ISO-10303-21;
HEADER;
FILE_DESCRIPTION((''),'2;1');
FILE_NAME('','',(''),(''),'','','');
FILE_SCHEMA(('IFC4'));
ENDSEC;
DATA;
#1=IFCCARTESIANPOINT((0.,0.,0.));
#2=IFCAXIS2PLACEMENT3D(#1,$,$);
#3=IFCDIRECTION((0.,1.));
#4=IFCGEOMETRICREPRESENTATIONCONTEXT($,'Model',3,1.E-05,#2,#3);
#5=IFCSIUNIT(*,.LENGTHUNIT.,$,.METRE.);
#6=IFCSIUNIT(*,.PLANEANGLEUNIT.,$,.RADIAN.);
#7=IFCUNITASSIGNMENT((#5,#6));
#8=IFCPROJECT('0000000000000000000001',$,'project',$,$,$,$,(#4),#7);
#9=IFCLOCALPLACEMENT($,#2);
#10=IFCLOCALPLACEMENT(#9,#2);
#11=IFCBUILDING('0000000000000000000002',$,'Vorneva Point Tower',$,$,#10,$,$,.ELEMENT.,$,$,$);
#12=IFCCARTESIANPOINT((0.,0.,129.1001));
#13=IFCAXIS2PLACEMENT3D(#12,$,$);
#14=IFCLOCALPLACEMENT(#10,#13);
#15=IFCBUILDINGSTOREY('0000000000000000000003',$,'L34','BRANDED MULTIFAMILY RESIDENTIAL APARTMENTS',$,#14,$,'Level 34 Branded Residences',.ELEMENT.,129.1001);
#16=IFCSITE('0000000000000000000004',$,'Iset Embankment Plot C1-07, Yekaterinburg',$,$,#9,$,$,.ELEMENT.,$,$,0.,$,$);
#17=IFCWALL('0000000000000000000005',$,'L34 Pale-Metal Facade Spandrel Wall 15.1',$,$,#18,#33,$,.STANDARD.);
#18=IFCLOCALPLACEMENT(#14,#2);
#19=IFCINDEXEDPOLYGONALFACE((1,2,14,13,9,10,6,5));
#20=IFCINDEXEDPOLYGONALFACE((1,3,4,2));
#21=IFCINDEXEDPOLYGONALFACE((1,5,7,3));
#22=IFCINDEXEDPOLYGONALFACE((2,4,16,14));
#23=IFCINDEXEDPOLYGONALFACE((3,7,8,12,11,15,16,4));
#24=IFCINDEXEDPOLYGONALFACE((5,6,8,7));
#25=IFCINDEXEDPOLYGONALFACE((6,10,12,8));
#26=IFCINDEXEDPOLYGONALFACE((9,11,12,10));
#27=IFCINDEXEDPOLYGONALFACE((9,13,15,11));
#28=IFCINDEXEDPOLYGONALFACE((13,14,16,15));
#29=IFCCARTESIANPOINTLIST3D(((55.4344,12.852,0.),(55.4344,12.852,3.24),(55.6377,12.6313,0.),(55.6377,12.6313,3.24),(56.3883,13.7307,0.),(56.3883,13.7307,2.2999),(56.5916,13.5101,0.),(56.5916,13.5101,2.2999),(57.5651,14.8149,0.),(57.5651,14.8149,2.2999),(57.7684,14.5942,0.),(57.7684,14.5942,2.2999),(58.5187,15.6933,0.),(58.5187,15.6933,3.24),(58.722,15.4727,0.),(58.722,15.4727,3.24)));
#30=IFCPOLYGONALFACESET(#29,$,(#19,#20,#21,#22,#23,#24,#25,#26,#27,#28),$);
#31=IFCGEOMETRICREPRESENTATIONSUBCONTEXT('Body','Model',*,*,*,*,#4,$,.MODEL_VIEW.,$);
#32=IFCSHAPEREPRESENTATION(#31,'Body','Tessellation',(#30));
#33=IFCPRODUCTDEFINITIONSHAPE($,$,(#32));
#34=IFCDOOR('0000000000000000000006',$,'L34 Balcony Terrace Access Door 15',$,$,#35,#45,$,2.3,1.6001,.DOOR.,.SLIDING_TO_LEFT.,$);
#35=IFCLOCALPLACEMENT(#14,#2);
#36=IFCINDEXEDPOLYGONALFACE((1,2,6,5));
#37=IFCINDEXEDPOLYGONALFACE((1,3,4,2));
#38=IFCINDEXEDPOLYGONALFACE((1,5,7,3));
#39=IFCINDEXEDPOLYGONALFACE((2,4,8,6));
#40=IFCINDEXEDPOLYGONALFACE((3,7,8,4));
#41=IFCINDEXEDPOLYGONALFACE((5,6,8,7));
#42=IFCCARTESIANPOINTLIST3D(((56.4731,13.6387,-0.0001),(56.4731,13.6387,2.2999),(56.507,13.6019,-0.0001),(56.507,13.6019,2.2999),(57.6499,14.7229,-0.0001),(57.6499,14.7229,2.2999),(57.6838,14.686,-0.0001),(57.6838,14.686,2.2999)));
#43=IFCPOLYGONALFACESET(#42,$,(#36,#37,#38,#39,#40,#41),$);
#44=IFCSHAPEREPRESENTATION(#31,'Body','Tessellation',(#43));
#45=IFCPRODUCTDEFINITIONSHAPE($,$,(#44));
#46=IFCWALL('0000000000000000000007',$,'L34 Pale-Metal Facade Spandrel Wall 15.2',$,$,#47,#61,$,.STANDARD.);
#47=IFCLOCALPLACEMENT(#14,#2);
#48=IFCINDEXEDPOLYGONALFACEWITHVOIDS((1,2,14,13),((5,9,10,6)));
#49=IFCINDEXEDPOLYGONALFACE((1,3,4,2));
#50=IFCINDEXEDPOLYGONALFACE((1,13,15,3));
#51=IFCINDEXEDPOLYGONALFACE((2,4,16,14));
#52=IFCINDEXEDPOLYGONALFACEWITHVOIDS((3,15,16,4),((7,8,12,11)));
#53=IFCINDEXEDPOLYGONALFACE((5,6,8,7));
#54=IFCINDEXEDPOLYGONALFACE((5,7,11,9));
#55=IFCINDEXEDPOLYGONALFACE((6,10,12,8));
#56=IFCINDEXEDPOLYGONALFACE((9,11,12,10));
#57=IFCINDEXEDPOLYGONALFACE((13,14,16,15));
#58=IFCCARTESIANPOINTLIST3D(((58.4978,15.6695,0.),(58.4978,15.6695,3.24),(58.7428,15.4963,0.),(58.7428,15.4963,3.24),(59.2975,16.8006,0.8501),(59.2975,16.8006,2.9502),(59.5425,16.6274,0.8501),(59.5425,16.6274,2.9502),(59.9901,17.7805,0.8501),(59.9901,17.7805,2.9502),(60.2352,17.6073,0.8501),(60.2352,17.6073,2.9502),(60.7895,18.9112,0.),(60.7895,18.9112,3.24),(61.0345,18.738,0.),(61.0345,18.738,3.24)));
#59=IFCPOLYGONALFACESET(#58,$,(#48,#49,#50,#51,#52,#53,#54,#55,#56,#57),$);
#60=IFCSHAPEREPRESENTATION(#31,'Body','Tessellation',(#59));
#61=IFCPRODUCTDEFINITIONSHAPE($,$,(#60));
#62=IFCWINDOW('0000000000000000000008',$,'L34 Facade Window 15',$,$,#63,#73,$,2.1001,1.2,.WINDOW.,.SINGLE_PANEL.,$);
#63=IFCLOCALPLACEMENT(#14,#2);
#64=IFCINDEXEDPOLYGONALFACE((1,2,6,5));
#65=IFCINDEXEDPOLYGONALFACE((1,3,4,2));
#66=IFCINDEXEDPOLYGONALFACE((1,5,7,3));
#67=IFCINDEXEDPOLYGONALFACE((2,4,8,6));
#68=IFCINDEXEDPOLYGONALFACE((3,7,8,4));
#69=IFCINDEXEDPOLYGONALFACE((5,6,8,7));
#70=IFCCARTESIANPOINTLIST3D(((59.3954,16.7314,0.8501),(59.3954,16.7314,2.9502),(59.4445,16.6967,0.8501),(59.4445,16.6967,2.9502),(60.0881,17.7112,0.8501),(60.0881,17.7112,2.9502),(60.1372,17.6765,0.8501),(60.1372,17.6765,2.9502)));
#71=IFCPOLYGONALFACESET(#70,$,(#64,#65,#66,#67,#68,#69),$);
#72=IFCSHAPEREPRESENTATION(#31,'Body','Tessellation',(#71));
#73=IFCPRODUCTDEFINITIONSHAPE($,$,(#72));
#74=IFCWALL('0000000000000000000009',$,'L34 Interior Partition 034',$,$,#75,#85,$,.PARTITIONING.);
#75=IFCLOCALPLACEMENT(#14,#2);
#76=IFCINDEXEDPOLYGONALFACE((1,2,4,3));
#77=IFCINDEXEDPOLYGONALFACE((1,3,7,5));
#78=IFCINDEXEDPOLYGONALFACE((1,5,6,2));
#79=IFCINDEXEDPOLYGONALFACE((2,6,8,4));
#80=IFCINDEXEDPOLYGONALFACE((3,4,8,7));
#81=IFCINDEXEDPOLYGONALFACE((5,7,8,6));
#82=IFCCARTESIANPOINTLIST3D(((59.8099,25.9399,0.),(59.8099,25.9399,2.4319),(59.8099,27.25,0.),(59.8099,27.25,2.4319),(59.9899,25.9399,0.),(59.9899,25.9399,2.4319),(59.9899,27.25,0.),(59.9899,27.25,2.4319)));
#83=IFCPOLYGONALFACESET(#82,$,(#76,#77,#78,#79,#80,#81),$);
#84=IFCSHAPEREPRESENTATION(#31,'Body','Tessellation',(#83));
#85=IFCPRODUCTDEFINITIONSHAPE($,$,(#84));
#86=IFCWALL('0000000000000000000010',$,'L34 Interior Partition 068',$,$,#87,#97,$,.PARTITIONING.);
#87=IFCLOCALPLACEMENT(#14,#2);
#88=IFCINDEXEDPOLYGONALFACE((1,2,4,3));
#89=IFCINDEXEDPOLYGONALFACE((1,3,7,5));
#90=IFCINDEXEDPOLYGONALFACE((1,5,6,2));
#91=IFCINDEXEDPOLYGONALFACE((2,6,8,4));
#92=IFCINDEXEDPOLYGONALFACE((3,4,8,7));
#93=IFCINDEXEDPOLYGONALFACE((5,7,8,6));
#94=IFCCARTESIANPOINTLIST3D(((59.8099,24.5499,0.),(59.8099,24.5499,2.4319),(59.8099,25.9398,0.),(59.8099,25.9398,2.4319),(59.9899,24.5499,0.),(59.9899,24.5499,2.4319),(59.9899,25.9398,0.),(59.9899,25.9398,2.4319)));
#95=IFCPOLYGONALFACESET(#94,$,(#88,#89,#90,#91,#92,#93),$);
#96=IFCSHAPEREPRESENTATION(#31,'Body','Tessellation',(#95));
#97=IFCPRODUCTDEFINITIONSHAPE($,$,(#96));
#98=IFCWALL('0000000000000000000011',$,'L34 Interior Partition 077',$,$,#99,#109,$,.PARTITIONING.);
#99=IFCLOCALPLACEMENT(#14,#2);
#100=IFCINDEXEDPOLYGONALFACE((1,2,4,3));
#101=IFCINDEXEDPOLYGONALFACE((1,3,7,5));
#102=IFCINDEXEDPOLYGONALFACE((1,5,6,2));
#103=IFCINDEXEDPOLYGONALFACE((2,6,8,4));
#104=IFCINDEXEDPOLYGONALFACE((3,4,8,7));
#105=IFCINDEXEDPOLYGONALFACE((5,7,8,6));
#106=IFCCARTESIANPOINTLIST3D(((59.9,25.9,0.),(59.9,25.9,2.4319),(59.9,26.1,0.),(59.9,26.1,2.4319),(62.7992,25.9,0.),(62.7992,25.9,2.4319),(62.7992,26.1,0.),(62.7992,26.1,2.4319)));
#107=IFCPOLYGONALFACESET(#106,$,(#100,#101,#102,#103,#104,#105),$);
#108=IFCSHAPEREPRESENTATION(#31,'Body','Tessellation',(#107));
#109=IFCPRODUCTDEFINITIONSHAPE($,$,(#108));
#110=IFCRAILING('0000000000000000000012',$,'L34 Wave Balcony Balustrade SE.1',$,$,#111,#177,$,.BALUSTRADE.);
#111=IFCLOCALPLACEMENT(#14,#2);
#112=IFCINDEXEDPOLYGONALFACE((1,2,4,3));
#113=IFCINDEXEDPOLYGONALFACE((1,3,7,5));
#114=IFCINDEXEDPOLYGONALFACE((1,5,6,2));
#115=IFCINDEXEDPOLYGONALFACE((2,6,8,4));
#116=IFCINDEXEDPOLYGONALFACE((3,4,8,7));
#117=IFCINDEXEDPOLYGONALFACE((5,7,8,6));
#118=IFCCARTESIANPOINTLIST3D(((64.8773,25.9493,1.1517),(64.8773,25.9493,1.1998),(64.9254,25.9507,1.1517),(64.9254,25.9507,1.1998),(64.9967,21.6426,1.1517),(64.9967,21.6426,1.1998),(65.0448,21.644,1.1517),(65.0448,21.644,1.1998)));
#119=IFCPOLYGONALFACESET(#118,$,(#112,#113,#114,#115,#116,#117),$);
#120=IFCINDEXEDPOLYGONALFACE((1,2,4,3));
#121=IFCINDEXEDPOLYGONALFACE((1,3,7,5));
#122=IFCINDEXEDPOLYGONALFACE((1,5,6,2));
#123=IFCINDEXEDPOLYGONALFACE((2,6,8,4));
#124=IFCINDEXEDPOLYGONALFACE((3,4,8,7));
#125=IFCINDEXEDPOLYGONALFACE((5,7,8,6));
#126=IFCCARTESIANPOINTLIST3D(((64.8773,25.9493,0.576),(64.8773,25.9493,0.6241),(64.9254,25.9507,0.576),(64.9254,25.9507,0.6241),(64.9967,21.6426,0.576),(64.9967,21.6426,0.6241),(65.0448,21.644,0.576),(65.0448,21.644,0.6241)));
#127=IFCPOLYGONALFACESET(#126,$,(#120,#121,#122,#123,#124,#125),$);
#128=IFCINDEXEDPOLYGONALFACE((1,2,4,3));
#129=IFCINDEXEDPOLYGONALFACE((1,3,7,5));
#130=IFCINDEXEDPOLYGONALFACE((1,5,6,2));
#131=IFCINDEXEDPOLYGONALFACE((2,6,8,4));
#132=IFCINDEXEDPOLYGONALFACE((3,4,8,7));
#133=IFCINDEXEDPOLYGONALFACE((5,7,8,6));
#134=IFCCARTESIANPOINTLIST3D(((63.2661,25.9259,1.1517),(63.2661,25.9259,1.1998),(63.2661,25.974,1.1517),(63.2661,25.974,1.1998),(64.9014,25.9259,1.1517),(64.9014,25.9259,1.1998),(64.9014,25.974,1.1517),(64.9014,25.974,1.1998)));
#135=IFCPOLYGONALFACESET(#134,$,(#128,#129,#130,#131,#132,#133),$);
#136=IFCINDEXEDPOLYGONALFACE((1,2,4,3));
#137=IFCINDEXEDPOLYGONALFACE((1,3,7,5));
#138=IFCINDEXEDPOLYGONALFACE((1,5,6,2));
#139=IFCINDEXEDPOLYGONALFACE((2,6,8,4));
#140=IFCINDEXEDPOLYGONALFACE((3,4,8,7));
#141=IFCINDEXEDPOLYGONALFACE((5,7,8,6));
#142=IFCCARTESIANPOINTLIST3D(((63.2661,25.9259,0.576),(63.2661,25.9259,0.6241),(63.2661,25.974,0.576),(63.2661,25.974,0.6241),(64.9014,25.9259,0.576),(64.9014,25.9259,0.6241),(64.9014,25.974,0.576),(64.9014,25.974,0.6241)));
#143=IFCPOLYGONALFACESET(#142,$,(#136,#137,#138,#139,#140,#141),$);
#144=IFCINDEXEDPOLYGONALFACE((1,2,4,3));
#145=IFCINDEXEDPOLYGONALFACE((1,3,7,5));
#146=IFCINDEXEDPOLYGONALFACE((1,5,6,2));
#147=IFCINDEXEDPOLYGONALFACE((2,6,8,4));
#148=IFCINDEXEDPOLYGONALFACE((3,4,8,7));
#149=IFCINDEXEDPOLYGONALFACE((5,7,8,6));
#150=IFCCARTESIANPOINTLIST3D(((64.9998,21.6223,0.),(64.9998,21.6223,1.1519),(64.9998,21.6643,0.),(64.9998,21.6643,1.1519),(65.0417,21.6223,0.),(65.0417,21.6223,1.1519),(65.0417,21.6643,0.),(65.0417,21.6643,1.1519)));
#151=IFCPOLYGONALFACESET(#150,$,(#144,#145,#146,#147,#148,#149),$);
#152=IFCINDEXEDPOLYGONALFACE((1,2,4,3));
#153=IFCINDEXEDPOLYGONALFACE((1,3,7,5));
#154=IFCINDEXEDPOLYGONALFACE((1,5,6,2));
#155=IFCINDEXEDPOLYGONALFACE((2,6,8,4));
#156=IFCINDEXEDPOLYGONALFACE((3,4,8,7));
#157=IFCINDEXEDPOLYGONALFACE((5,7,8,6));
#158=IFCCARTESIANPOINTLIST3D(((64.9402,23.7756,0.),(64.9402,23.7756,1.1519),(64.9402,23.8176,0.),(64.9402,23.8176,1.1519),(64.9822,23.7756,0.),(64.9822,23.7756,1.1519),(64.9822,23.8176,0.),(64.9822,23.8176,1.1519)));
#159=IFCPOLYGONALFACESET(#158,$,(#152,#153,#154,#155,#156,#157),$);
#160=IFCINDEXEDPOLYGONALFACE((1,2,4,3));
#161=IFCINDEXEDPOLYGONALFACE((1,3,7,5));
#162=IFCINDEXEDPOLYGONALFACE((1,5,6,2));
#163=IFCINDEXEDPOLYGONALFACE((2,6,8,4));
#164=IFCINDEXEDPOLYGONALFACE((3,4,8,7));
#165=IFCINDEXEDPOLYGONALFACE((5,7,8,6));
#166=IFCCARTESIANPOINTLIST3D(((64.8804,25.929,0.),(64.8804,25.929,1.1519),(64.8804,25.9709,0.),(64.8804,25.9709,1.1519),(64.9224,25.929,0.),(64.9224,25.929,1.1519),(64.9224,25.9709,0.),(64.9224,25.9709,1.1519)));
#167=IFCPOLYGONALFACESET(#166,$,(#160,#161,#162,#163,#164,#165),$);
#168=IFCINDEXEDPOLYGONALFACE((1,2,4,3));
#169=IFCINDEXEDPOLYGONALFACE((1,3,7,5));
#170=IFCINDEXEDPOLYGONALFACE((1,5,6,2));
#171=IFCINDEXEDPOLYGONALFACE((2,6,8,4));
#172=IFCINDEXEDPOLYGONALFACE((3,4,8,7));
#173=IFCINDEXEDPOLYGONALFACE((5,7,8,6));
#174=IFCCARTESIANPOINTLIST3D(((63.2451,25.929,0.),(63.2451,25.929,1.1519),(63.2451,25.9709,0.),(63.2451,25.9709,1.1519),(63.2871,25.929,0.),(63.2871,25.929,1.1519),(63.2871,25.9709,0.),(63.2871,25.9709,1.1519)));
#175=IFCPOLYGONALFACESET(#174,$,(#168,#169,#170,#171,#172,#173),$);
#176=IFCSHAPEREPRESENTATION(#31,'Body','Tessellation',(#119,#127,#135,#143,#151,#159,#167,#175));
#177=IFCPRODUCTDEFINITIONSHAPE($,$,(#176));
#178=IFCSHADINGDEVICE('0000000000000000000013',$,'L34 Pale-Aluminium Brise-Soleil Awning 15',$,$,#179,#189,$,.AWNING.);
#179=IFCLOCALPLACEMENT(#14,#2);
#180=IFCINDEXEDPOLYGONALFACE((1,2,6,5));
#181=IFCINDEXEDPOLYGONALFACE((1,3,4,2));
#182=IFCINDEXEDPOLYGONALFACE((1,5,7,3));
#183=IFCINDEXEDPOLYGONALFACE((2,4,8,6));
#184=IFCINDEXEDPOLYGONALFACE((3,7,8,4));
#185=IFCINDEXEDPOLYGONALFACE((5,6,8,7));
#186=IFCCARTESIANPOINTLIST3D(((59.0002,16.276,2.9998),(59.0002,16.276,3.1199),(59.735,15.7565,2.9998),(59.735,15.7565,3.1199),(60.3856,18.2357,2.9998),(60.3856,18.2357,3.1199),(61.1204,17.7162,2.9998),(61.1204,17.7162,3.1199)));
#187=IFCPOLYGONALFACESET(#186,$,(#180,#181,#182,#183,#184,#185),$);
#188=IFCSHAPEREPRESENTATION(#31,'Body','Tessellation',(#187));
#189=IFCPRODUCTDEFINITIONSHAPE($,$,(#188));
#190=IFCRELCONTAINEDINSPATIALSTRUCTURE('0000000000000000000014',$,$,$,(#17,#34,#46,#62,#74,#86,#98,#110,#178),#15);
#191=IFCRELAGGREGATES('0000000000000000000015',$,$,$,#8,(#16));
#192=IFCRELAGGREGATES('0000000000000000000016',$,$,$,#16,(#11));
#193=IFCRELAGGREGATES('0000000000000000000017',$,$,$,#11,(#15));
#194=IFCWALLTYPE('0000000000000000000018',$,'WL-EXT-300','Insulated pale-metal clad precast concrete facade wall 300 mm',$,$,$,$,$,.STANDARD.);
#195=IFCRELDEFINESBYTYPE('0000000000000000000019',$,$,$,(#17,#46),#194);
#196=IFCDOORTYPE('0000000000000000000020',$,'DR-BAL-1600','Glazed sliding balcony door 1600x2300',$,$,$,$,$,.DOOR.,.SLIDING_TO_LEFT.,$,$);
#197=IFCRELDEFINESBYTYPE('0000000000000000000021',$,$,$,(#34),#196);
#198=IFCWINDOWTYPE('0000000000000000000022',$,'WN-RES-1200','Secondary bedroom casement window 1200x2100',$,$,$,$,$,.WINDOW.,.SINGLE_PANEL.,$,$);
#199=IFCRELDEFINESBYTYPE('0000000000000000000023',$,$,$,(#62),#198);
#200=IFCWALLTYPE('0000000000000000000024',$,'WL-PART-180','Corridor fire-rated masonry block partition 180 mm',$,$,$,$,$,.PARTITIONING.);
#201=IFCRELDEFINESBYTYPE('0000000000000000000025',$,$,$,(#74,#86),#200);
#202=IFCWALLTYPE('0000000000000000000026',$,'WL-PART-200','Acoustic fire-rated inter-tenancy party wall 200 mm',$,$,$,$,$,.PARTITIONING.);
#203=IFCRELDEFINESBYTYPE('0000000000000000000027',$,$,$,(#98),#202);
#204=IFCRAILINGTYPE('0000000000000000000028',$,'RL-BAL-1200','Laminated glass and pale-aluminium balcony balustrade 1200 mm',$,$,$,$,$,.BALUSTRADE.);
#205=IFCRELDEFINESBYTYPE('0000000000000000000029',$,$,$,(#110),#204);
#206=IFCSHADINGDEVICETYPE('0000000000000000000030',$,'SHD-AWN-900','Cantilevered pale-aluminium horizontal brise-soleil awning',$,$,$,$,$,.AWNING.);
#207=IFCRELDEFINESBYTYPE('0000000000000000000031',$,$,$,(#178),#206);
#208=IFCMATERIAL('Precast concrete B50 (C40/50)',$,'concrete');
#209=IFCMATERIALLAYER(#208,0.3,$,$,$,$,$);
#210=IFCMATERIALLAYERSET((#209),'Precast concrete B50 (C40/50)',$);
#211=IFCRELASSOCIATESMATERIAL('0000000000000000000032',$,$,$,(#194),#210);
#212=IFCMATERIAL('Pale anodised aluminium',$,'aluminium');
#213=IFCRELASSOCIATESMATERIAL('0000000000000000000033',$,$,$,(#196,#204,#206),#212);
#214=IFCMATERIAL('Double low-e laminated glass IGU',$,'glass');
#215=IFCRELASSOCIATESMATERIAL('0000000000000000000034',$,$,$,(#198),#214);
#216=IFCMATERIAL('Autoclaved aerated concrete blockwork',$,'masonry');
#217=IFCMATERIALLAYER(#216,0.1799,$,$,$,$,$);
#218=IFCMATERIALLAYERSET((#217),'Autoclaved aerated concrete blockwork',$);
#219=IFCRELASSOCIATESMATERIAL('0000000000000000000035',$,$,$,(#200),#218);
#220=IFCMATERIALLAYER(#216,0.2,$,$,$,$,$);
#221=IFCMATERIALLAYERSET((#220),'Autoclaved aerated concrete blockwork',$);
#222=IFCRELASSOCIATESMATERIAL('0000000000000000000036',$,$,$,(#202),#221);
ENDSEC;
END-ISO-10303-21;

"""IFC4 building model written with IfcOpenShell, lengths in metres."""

from ifc_helpers import new_model, si_unit, direction, frame, frame_2d, origin, origin_2d, place, context, subcontext, project, spatial, rectangle, extrude, material, layer, layer_set, type_object, element, fill, save


model = new_model("IFC4")

# Units and contexts
model_context = context("Model", 3, precision=1e-05, world=origin(), true_north=direction((0.0, 1.0)))
body_context = subcontext(model_context, "Body", "Model", "MODEL_VIEW")
ifc_project = project(units=[si_unit("LENGTHUNIT", "METRE"), si_unit("PLANEANGLEUNIT", "RADIAN")], contexts=[model_context])

# Site, building, storey
site_placement = place(None, origin())
site = spatial("IfcSite", under=ifc_project, at=site_placement, Name="Iset Embankment Plot C1-07, Yekaterinburg", CompositionType="ELEMENT", RefElevation=0.0)
building_placement = place(site_placement, origin())
building = spatial("IfcBuilding", under=site, at=building_placement, Name="Vorneva Point Tower", CompositionType="ELEMENT")
storey_placement = place(building_placement, frame((0.0, 0.0, 129.1001)))
storey = spatial("IfcBuildingStorey", under=building, at=storey_placement, Name="L34", Description="BRANDED MULTIFAMILY RESIDENTIAL APARTMENTS", LongName="Level 34 Branded Residences", CompositionType="ELEMENT", Elevation=129.1001)

# Shared definitions
ifc_material_1 = material(Name="Pale anodised aluminium", Category="aluminium")

# Shared definitions
ifc_material_2 = material(Name="Double low-e laminated glass IGU", Category="glass")

# Wall, opening, door
ifc_material_3 = material(Name="Precast concrete B50 (C40/50)", Category="concrete")
ifc_layer_1 = layer(ifc_material_3, 0.3)
ifc_layer_set_1 = layer_set([ifc_layer_1], Name="Precast concrete B50 (C40/50)")
wall_type_1 = type_object("IfcWallType", Name="WL-EXT-300", Description="Insulated pale-metal clad precast concrete facade wall 300 mm", PredefinedType="STANDARD", material=ifc_layer_set_1)
wall_1_placement = place(storey_placement, frame((55.5361, 12.7417, 0.0), z_axis=(0.0, 0.0, 1.0), x_axis=(0.735477, 0.67755, 0.0)))
wall_1 = element("IfcWall", 1, at=wall_1_placement, inside=storey, type_object=wall_type_1, Name="L34 Pale-Metal Facade Spandrel Wall 15.1", PredefinedType="STANDARD", context=body_context, shape_type="SweptSolid", body=[
    extrude(rectangle(XDim=4.1936, YDim=0.3, at=frame_2d((2.0967, 0.0))), origin(), (0.0, 0.0, 1.0), 3.24),
])
opening_1_placement = place(wall_1_placement, frame((1.2969, 0.0, 0.0)))
opening_1 = element("IfcOpeningElement", 2, at=opening_1_placement, cuts=wall_1, PredefinedType="OPENING", context=body_context, shape_type="SweptSolid", body=[
    extrude(rectangle(XDim=1.6001, YDim=2.3, at=frame_2d((0.8, 1.1499))), frame((0.0, 0.165, 0.0), z_axis=(0.0, -1.0, 0.0), x_axis=(1.0, 0.0, 0.0)), (0.0, 0.0, 1.0), 0.3298),
])
door_type = type_object("IfcDoorType", Name="DR-BAL-1600", Description="Glazed sliding balcony door 1600x2300", OperationType="SLIDING_TO_LEFT", PredefinedType="DOOR", material=ifc_material_1)
door_placement = place(opening_1_placement, origin())
door = element("IfcDoor", 3, at=door_placement, inside=storey, type_object=door_type, Name="L34 Balcony Terrace Access Door 15", OperationType="SLIDING_TO_LEFT", OverallHeight=2.3, OverallWidth=1.6001, PredefinedType="DOOR", context=body_context, shape_type="SweptSolid", body=[
    extrude(rectangle(XDim=1.6001, YDim=2.3, at=frame_2d((0.8, 1.1499))), frame((0.0, 0.0249, 0.0), z_axis=(0.0, -1.0, 0.0), x_axis=(1.0, 0.0, 0.0)), (0.0, 0.0, 1.0), 0.05),
])
fill(opening_1, door)

# Wall, opening, window
wall_2_placement = place(storey_placement, frame((58.6204, 15.583, 0.0), z_axis=(0.0, 0.0, 1.0), x_axis=(0.57727, 0.816554, 0.0)))
wall_2 = element("IfcWall", 4, at=wall_2_placement, inside=storey, type_object=wall_type_1, Name="L34 Pale-Metal Facade Spandrel Wall 15.2", PredefinedType="STANDARD", context=body_context, shape_type="SweptSolid", body=[
    extrude(rectangle(XDim=3.97, YDim=0.3, at=frame_2d((1.9849, 0.0))), origin(), (0.0, 0.0, 1.0), 3.24),
])
opening_2_placement = place(wall_2_placement, frame((1.385, 0.0, 0.8501)))
opening_2 = element("IfcOpeningElement", 5, at=opening_2_placement, cuts=wall_2, PredefinedType="OPENING", context=body_context, shape_type="SweptSolid", body=[
    extrude(rectangle(XDim=1.2, YDim=2.1001, at=frame_2d((0.6001, 1.05))), frame((0.0, 0.165, 0.0), z_axis=(0.0, -1.0, 0.0), x_axis=(1.0, 0.0, 0.0)), (0.0, 0.0, 1.0), 0.3298),
])
window_type = type_object("IfcWindowType", Name="WN-RES-1200", Description="Secondary bedroom casement window 1200x2100", PartitioningType="SINGLE_PANEL", PredefinedType="WINDOW", material=ifc_material_2)
window_placement = place(opening_2_placement, origin())
window = element("IfcWindow", 6, at=window_placement, inside=storey, type_object=window_type, Name="L34 Facade Window 15", OverallHeight=2.1001, OverallWidth=1.2, PartitioningType="SINGLE_PANEL", PredefinedType="WINDOW", context=body_context, shape_type="SweptSolid", body=[
    extrude(rectangle(XDim=1.2, YDim=2.1001, at=frame_2d((0.6001, 1.05))), frame((0.0, 0.03, 0.0), z_axis=(0.0, -1.0, 0.0), x_axis=(1.0, 0.0, 0.0)), (0.0, 0.0, 1.0), 0.0601),
])
fill(opening_2, window)

# Walls
ifc_material_4 = material(Name="Autoclaved aerated concrete blockwork", Category="masonry")
ifc_layer_2 = layer(ifc_material_4, 0.1799)
ifc_layer_set_2 = layer_set([ifc_layer_2], Name="Autoclaved aerated concrete blockwork")
wall_type_2 = type_object("IfcWallType", Name="WL-PART-180", Description="Corridor fire-rated masonry block partition 180 mm", PredefinedType="PARTITIONING", material=ifc_layer_set_2)
wall_3_placement = place(storey_placement, frame((59.8999, 25.9399, 0.0), z_axis=(0.0, 0.0, 1.0), x_axis=(0.0, 1.0, 0.0)))
element("IfcWall", 7, at=wall_3_placement, inside=storey, type_object=wall_type_2, Name="L34 Interior Partition 034", PredefinedType="PARTITIONING", context=body_context, shape_type="SweptSolid", body=[
    extrude(rectangle(XDim=1.3101, YDim=0.1799, at=frame_2d((0.655, 0.0))), origin(), (0.0, 0.0, 1.0), 2.4319),
])
wall_4_placement = place(storey_placement, frame((59.8999, 24.55, 0.0), z_axis=(0.0, 0.0, 1.0), x_axis=(0.0, 1.0, 0.0)))
element("IfcWall", 8, at=wall_4_placement, inside=storey, type_object=wall_type_2, Name="L34 Interior Partition 068", PredefinedType="PARTITIONING", context=body_context, shape_type="SweptSolid", body=[
    extrude(rectangle(XDim=1.3899, YDim=0.1799, at=frame_2d((0.6948, 0.0))), origin(), (0.0, 0.0, 1.0), 2.4319),
])
ifc_layer_3 = layer(ifc_material_4, 0.2)
ifc_layer_set_3 = layer_set([ifc_layer_3], Name="Autoclaved aerated concrete blockwork")
wall_type_3 = type_object("IfcWallType", Name="WL-PART-200", Description="Acoustic fire-rated inter-tenancy party wall 200 mm", PredefinedType="PARTITIONING", material=ifc_layer_set_3)
wall_5_placement = place(storey_placement, frame((59.8999, 26.0, 0.0), z_axis=(0.0, 0.0, 1.0), x_axis=(1.0, 0.0, 0.0)))
element("IfcWall", 9, at=wall_5_placement, inside=storey, type_object=wall_type_3, Name="L34 Interior Partition 077", PredefinedType="PARTITIONING", context=body_context, shape_type="SweptSolid", body=[
    extrude(rectangle(XDim=2.8992, YDim=0.2, at=frame_2d((1.4497, 0.0))), origin(), (0.0, 0.0, 1.0), 2.4319),
])

# Railing
railing_type = type_object("IfcRailingType", Name="RL-BAL-1200", Description="Laminated glass and pale-aluminium balcony balustrade 1200 mm", PredefinedType="BALUSTRADE", material=ifc_material_1)
railing_placement = place(storey_placement, frame((65.0208, 21.6433, 0.0)))
element("IfcRailing", 10, at=railing_placement, inside=storey, type_object=railing_type, Name="L34 Wave Balcony Balustrade SE.1", PredefinedType="BALUSTRADE", context=body_context, shape_type="SweptSolid", body=[
    extrude(rectangle(XDim=0.0481, YDim=0.0481, at=origin_2d()), frame((0.0, 0.0, 1.1758), z_axis=(-0.02771, 0.999616, 0.0), x_axis=(-0.999616, -0.02771, 0.0)), (0.0, 0.0, 1.0), 4.3083),
    extrude(rectangle(XDim=0.0481, YDim=0.0481, at=origin_2d()), frame((0.0, 0.0, 0.6001), z_axis=(-0.02771, 0.999616, 0.0), x_axis=(-0.999616, -0.02771, 0.0)), (0.0, 0.0, 1.0), 4.3083),
    extrude(rectangle(XDim=0.0481, YDim=0.0481, at=origin_2d()), frame((-0.1194, 4.3066, 1.1758), z_axis=(-1.0, 0.0, 0.0), x_axis=(0.0, -1.0, 0.0)), (0.0, 0.0, 1.0), 1.6353),
    extrude(rectangle(XDim=0.0481, YDim=0.0481, at=origin_2d()), frame((-0.1194, 4.3066, 0.6001), z_axis=(-1.0, 0.0, 0.0), x_axis=(0.0, -1.0, 0.0)), (0.0, 0.0, 1.0), 1.6353),
    extrude(rectangle(XDim=0.042, YDim=0.042, at=origin_2d()), origin(), (0.0, 0.0, 1.0), 1.1519),
    extrude(rectangle(XDim=0.042, YDim=0.042, at=origin_2d()), frame((-0.0596, 2.1533, 0.0)), (0.0, 0.0, 1.0), 1.1519),
    extrude(rectangle(XDim=0.042, YDim=0.042, at=origin_2d()), frame((-0.1194, 4.3066, 0.0)), (0.0, 0.0, 1.0), 1.1519),
    extrude(rectangle(XDim=0.042, YDim=0.042, at=origin_2d()), frame((-1.7546, 4.3066, 0.0)), (0.0, 0.0, 1.0), 1.1519),
])

# Shading device
shading_device_type_1 = type_object("IfcShadingDeviceType", Name="SHD-AWN-900", Description="Cantilevered pale-aluminium horizontal brise-soleil awning", PredefinedType="AWNING", material=ifc_material_1)
shading_device_1_placement = place(storey_placement, frame((60.0603, 16.9961, 2.9998), z_axis=(0.0, 0.0, 1.0), x_axis=(0.577288, 0.816541, 0.0)))
element("IfcShadingDevice", 11, at=shading_device_1_placement, inside=storey, type_object=shading_device_type_1, Name="L34 Pale-Aluminium Brise-Soleil Awning 15", PredefinedType="AWNING", context=body_context, shape_type="SweptSolid", body=[
    extrude(rectangle(XDim=2.3999, YDim=0.8999, at=origin_2d()), origin(), (0.0, 0.0, 1.0), 0.1201),
])

save(model, "model.ifc")
